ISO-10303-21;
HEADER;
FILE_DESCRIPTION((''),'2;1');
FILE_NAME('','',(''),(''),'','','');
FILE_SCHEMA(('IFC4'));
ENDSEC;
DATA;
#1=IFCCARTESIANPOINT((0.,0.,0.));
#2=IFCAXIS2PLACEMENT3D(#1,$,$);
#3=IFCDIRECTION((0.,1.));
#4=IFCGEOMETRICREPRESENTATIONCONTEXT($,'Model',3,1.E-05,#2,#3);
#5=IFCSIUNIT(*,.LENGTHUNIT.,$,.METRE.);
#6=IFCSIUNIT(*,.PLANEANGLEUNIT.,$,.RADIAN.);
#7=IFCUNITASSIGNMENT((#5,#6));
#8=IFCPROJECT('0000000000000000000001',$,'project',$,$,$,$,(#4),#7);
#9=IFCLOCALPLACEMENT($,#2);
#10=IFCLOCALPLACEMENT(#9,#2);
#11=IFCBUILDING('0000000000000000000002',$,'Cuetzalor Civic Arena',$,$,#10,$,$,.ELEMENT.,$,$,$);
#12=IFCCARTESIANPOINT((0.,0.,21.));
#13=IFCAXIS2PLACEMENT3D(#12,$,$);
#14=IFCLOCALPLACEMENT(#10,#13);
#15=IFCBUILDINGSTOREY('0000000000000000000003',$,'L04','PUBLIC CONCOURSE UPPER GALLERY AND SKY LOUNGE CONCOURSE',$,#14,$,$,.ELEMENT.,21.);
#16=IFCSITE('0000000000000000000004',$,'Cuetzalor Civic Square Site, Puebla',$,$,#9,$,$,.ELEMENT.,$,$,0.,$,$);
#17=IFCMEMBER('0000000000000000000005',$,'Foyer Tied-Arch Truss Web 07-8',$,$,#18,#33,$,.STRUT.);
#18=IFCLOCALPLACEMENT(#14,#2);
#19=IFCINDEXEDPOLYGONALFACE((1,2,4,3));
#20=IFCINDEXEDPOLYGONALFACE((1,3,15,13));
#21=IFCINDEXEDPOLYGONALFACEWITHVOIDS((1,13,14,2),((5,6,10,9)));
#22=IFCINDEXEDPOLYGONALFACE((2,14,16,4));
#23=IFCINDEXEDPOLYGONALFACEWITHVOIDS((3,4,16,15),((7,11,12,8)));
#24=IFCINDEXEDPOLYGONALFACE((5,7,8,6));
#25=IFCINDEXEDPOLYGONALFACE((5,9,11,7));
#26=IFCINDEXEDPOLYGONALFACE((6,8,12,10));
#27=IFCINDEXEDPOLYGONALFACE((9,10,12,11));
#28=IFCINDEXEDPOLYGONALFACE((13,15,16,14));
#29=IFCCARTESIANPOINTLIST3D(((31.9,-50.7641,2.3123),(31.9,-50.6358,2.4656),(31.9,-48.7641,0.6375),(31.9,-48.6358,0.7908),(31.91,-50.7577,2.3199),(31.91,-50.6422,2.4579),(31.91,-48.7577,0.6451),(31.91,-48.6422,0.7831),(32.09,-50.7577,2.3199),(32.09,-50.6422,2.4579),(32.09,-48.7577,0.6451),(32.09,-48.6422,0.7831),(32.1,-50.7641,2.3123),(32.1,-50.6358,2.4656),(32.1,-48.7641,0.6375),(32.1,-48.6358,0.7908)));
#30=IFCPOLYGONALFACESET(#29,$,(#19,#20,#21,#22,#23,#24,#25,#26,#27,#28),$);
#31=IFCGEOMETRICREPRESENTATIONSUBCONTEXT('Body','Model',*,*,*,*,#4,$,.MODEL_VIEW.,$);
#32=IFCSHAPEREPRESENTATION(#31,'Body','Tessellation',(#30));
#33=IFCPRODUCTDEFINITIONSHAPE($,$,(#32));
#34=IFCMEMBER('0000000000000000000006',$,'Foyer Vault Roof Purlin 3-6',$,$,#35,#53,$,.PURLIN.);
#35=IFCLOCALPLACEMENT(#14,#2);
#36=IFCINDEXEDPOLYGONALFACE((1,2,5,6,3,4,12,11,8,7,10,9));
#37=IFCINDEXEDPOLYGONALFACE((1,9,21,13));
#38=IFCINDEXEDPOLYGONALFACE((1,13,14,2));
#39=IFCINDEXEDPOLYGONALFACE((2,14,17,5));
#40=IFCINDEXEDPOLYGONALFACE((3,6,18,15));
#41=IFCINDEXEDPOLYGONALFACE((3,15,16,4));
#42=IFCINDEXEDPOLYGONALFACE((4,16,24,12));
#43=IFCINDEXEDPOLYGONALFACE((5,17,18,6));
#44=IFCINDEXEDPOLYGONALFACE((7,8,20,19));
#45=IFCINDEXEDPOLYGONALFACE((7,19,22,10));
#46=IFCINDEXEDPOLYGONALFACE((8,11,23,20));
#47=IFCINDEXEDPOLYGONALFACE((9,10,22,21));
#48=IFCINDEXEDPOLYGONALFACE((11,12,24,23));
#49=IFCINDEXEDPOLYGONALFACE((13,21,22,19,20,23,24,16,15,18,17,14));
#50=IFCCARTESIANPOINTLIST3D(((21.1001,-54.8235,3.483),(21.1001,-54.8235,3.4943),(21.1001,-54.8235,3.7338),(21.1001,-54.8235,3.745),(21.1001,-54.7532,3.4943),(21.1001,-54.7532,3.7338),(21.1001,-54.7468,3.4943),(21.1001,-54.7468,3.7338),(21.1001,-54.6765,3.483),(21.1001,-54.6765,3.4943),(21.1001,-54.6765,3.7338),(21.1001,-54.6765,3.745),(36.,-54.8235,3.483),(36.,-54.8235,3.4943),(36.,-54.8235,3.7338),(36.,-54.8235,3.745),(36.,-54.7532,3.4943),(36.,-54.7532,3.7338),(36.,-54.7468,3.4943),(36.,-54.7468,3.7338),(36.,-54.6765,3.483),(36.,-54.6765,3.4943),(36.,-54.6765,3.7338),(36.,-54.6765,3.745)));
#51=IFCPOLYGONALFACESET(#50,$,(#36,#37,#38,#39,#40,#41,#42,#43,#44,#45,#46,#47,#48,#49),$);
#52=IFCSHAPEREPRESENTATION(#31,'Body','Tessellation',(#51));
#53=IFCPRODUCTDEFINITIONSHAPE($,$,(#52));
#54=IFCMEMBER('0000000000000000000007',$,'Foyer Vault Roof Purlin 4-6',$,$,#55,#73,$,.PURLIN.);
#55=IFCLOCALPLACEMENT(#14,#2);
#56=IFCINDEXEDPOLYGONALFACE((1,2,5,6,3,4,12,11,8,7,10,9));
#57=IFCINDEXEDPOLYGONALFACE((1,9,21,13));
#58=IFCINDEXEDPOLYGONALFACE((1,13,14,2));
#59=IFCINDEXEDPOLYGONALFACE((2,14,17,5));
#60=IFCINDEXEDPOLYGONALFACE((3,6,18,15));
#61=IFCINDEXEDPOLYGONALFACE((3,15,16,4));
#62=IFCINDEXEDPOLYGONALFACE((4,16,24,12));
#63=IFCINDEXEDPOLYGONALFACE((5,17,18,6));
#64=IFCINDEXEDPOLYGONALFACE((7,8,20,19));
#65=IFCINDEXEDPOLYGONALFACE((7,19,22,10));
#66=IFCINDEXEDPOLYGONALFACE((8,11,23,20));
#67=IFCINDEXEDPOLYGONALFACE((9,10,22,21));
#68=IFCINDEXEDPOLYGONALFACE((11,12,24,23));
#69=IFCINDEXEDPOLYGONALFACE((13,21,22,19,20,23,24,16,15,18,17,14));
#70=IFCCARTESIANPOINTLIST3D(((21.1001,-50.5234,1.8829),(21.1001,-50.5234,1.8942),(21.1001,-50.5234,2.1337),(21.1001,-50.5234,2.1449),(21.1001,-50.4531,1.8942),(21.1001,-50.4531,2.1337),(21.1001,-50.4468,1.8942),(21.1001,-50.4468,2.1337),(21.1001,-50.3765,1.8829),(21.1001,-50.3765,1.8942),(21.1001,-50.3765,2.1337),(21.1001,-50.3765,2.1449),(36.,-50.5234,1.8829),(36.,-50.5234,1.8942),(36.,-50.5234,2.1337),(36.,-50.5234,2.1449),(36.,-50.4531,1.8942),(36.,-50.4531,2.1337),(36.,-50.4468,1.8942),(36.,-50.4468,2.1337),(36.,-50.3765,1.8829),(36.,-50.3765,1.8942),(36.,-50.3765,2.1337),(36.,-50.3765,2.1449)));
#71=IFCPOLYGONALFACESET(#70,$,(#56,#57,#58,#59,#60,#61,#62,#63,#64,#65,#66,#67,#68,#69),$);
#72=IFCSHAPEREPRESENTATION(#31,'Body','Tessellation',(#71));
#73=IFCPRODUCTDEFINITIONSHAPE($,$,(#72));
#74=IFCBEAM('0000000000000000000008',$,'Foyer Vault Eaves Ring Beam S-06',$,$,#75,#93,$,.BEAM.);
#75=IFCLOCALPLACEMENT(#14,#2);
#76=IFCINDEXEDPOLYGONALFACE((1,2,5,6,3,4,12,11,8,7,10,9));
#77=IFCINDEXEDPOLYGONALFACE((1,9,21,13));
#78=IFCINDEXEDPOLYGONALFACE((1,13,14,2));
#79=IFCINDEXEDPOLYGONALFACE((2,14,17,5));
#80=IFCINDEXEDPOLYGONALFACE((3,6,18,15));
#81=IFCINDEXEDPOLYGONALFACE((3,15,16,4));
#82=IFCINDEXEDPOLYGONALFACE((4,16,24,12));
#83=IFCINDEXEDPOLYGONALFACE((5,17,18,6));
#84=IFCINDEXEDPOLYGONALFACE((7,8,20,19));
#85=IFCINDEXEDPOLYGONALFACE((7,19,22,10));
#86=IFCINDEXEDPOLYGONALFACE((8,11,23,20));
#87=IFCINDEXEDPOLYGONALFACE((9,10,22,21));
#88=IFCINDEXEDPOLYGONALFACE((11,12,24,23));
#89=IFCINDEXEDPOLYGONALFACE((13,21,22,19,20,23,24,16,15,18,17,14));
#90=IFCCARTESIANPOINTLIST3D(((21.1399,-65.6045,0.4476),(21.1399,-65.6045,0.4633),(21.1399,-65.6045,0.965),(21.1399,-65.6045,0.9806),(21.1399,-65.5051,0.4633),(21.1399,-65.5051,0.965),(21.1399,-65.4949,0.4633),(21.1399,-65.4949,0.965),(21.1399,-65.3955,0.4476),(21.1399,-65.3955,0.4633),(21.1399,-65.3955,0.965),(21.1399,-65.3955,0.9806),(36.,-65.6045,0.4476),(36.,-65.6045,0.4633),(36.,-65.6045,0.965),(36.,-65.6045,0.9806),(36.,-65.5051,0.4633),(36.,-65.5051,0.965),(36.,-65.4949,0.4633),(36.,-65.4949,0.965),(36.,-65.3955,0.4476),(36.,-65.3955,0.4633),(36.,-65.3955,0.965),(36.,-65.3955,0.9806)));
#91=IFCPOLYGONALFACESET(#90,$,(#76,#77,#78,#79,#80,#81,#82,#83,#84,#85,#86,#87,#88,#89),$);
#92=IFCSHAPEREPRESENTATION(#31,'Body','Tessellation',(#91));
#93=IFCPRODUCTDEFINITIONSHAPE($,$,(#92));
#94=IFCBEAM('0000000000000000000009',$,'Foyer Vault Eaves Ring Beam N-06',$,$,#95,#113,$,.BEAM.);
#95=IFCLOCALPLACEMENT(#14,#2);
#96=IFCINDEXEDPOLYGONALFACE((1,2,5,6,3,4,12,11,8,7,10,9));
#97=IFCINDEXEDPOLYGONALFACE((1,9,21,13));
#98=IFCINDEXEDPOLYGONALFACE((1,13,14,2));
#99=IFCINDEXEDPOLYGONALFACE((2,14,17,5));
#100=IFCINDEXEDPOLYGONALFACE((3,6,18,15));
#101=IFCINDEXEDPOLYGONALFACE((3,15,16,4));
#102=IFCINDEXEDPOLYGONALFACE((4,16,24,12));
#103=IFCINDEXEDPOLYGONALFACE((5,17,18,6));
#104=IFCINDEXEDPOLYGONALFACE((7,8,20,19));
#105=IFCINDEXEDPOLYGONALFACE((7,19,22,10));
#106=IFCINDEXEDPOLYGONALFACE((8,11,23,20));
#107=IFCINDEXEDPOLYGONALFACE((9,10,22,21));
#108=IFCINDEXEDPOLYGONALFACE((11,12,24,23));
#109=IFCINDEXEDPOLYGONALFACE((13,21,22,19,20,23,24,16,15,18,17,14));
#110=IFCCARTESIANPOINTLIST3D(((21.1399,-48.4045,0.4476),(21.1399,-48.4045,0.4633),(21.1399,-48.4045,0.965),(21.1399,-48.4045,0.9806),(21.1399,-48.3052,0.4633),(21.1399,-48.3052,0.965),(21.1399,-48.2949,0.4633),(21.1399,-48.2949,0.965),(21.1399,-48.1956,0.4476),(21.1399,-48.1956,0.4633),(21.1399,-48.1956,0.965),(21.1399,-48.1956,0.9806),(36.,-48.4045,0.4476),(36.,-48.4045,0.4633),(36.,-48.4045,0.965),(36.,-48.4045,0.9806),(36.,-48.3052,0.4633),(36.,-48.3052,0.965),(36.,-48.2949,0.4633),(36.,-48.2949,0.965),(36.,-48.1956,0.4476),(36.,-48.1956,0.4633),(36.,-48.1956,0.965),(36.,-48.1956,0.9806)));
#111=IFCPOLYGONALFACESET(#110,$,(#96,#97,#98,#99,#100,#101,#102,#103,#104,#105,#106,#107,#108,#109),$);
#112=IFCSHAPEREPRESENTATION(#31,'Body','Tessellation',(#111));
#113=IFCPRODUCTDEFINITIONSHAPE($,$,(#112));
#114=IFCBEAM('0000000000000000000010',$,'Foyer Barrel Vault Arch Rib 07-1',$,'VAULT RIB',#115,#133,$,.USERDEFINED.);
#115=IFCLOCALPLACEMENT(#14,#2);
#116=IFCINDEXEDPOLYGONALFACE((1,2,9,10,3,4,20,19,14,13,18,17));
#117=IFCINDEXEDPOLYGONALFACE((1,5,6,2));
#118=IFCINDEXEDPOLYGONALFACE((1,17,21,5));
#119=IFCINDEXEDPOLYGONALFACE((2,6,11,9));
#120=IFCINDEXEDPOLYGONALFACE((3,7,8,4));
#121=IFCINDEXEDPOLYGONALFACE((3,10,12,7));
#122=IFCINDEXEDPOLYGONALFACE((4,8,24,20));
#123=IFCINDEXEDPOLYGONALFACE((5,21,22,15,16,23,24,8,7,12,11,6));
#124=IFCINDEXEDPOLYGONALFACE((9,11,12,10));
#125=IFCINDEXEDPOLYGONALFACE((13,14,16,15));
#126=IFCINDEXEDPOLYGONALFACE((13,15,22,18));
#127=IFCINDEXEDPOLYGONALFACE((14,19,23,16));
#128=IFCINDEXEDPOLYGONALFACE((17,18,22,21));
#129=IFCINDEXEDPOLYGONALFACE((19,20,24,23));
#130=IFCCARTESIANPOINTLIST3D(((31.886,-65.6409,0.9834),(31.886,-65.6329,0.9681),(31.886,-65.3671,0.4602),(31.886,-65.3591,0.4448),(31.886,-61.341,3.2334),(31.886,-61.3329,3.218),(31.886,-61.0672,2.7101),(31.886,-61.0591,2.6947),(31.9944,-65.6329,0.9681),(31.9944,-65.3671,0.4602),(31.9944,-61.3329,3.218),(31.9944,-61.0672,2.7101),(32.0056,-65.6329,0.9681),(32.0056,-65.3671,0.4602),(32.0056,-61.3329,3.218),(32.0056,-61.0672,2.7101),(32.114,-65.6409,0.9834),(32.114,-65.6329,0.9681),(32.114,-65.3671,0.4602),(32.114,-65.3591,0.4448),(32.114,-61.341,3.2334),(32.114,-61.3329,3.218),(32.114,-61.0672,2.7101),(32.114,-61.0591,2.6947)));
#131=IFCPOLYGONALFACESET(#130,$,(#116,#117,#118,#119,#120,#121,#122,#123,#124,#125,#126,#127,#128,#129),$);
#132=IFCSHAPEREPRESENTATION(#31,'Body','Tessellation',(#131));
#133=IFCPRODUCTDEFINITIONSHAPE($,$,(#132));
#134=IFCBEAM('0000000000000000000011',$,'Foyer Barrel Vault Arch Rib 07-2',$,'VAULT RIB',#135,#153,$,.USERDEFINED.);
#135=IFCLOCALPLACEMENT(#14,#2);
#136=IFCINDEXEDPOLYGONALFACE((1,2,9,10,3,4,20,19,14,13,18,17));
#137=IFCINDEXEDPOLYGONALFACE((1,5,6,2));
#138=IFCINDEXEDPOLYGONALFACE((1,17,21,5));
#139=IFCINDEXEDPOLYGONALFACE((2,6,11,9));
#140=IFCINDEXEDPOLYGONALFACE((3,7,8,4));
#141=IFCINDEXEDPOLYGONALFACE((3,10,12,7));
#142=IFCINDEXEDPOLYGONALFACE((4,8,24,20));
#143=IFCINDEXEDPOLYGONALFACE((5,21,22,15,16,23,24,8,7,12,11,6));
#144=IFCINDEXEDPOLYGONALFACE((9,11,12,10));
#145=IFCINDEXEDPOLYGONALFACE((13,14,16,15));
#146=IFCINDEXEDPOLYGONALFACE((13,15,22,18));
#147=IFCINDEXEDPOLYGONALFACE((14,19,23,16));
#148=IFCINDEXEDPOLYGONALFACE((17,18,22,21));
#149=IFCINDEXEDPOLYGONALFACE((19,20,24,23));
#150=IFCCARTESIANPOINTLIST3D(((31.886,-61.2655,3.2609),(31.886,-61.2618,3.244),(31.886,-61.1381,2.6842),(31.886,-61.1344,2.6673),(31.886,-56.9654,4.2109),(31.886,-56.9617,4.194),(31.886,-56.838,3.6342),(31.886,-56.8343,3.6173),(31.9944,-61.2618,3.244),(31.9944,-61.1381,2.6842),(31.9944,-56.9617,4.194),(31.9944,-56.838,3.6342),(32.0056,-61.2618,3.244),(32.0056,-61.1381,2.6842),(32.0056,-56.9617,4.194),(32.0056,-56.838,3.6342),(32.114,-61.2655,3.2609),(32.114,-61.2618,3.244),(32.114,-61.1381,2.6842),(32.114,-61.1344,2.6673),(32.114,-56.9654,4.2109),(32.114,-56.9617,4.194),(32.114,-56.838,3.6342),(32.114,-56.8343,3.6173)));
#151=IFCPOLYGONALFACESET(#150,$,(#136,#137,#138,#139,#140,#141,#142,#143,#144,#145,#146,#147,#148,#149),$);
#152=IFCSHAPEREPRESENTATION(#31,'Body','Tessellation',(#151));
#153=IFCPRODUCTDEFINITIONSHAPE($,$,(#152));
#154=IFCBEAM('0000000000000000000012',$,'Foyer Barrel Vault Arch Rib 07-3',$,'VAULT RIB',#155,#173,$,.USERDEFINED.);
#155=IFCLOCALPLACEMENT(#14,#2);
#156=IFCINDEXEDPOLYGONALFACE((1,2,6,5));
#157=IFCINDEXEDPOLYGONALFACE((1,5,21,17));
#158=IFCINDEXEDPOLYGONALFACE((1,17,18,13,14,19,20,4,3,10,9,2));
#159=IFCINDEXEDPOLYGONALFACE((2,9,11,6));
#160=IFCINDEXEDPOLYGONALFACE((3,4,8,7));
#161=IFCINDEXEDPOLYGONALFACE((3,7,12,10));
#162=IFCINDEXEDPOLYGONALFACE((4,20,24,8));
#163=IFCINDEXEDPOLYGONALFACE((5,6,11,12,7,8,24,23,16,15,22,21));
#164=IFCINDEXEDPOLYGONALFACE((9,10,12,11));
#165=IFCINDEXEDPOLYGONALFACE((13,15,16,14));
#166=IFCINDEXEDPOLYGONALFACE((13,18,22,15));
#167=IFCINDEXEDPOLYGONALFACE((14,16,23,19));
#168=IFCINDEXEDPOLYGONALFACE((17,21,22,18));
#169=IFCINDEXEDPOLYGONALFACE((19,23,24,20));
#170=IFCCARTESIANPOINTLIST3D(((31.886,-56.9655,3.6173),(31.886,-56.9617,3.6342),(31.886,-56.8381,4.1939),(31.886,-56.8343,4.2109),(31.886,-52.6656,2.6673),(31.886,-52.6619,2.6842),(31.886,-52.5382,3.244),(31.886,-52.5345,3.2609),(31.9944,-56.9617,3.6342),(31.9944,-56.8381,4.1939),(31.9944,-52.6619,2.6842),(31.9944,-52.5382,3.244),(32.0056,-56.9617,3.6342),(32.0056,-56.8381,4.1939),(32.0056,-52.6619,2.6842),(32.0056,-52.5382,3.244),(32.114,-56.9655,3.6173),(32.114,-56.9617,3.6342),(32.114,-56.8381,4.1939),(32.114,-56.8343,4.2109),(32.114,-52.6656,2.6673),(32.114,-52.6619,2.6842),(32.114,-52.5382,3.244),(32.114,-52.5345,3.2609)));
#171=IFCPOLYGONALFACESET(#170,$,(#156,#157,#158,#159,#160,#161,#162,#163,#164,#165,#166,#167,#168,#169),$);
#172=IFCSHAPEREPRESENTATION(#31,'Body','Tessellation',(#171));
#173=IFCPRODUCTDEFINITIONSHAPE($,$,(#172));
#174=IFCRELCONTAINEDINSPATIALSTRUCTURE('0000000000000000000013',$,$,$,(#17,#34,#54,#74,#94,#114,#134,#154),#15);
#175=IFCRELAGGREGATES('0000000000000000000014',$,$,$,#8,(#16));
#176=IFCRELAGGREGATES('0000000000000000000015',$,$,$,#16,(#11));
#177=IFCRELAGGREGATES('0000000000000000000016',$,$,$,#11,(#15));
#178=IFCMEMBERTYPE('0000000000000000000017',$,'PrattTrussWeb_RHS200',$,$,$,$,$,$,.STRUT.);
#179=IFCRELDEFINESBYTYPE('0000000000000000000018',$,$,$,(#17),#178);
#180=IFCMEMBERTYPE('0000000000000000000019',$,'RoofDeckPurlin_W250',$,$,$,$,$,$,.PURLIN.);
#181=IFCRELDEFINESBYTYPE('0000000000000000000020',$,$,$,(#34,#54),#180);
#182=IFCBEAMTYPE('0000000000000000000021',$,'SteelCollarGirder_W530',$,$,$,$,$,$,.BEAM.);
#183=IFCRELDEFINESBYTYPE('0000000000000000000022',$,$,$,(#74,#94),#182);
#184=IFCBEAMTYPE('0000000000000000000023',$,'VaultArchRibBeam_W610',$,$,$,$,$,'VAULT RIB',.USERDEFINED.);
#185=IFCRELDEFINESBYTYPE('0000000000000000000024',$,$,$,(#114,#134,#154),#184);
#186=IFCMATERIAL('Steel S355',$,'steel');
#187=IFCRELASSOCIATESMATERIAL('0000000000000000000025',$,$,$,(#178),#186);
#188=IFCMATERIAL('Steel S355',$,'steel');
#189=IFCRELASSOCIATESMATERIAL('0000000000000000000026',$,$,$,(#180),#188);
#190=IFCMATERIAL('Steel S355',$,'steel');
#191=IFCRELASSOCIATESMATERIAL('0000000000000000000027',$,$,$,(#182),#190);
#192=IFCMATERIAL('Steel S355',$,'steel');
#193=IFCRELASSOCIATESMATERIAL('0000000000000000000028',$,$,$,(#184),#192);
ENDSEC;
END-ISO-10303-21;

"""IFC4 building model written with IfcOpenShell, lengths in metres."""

from ifc_helpers import new_model, si_unit, direction, frame, origin, origin_2d, place, context, subcontext, project, spatial, hollow_rectangle, i_section, extrude, material, material_profile, profile_set, type_object, element, save


model = new_model("IFC4")

# Units and contexts
model_context = context("Model", 3, precision=1e-05, world=origin(), true_north=direction((0.0, 1.0)))
body_context = subcontext(model_context, "Body", "Model", "MODEL_VIEW")
ifc_project = project(units=[si_unit("LENGTHUNIT", "METRE"), si_unit("PLANEANGLEUNIT", "RADIAN")], contexts=[model_context])

# Site, building, storey
site_placement = place(None, origin())
site = spatial("IfcSite", under=ifc_project, at=site_placement, Name="Cuetzalor Civic Square Site, Puebla", CompositionType="ELEMENT", RefElevation=0.0)
building_placement = place(site_placement, origin())
building = spatial("IfcBuilding", under=site, at=building_placement, Name="Cuetzalor Civic Arena", CompositionType="ELEMENT")
storey_placement = place(building_placement, frame((0.0, 0.0, 21.0)))
storey = spatial("IfcBuildingStorey", under=building, at=storey_placement, Name="L04", Description="PUBLIC CONCOURSE UPPER GALLERY AND SKY LOUNGE CONCOURSE", CompositionType="ELEMENT", Elevation=21.0)

# Members
ifc_material_1 = material(Name="Steel S355", Category="steel")
ifc_material_profile_1 = material_profile(ifc_material_1, hollow_rectangle(XDim=0.2, YDim=0.2, WallThickness=0.01, at=origin_2d()), Name="RHS 200x200x10")
ifc_profile_set_1 = profile_set([ifc_material_profile_1], Name="Steel S355")
member_type_1 = type_object("IfcMemberType", Name="PrattTrussWeb_RHS200", PredefinedType="STRUT", material=ifc_profile_set_1)
member_1_placement = place(storey_placement, frame((32.0, -50.7, 2.3889), z_axis=(0.0, 0.766685, -0.642024), x_axis=(-1.0, 0.0, 0.0)))
element("IfcMember", 1, at=member_1_placement, inside=storey, type_object=member_type_1, Name="Foyer Tied-Arch Truss Web 07-8", PredefinedType="STRUT", context=body_context, shape_type="SweptSolid", body=[
    extrude(hollow_rectangle(XDim=0.2, YDim=0.2, WallThickness=0.01, at=origin_2d()), origin(), (0.0, 0.0, 1.0), 2.6086),
])
ifc_material_2 = material(Name="Steel S355", Category="steel")
ifc_material_profile_2 = material_profile(ifc_material_2, i_section(OverallWidth=0.147, OverallDepth=0.262, WebThickness=0.0063, FlangeThickness=0.0112, at=origin_2d()), Name="W250x39")
ifc_profile_set_2 = profile_set([ifc_material_profile_2], Name="Steel S355")
member_type_2 = type_object("IfcMemberType", Name="RoofDeckPurlin_W250", PredefinedType="PURLIN", material=ifc_profile_set_2)
for number, where, z_axis, x_axis, name in (
    (2, (21.1001, -54.75, 3.614), (1.0, 0.0, 0.0), (0.0, 1.0, 0.0), "Foyer Vault Roof Purlin 3-6"),
    (3, (21.1001, -50.45, 2.0139), (1.0, 0.0, 0.0), (0.0, 1.0, 0.0), "Foyer Vault Roof Purlin 4-6"),
):
    element("IfcMember", number, at=place(storey_placement, frame(where, z_axis=z_axis, x_axis=x_axis)), inside=storey, type_object=member_type_2, Name=name, PredefinedType="PURLIN", context=body_context, shape_type="SweptSolid", body=[
        extrude(i_section(OverallWidth=0.147, OverallDepth=0.262, WebThickness=0.0063, FlangeThickness=0.0112, at=origin_2d()), origin(), (0.0, 0.0, 1.0), 14.8999),
    ])

# Beams
ifc_material_3 = material(Name="Steel S355", Category="steel")
ifc_material_profile_3 = material_profile(ifc_material_3, i_section(OverallWidth=0.209, OverallDepth=0.533, WebThickness=0.0103, FlangeThickness=0.0156, at=origin_2d()), Name="W530x92")
ifc_profile_set_3 = profile_set([ifc_material_profile_3], Name="Steel S355")
beam_type_1 = type_object("IfcBeamType", Name="SteelCollarGirder_W530", PredefinedType="BEAM", material=ifc_profile_set_3)
for number, where, z_axis, x_axis, name in (
    (4, (21.1399, -65.5, 0.7141), (1.0, 0.0, 0.0), (0.0, 1.0, 0.0), "Foyer Vault Eaves Ring Beam S-06"),
    (5, (21.1399, -48.3, 0.7141), (1.0, 0.0, 0.0), (0.0, 1.0, 0.0), "Foyer Vault Eaves Ring Beam N-06"),
):
    element("IfcBeam", number, at=place(storey_placement, frame(where, z_axis=z_axis, x_axis=x_axis)), inside=storey, type_object=beam_type_1, Name=name, PredefinedType="BEAM", context=body_context, shape_type="SweptSolid", body=[
        extrude(i_section(OverallWidth=0.209, OverallDepth=0.533, WebThickness=0.0103, FlangeThickness=0.0156, at=origin_2d()), origin(), (0.0, 0.0, 1.0), 14.8601),
    ])
ifc_material_4 = material(Name="Steel S355", Category="steel")
ifc_material_profile_4 = material_profile(ifc_material_4, i_section(OverallWidth=0.228, OverallDepth=0.6079, WebThickness=0.0112, FlangeThickness=0.0173, at=origin_2d()), Name="W610x113")
ifc_profile_set_4 = profile_set([ifc_material_profile_4], Name="Steel S355")
beam_type_2 = type_object("IfcBeamType", Name="VaultArchRibBeam_W610", ElementType="VAULT RIB", PredefinedType="USERDEFINED", material=ifc_profile_set_4)
beam_1_placement = place(storey_placement, frame((32.0, -65.5, 0.7141), z_axis=(0.0, 0.886035, 0.463618), x_axis=(-1.0, 0.0, 0.0)))
element("IfcBeam", 6, at=beam_1_placement, inside=storey, type_object=beam_type_2, Name="Foyer Barrel Vault Arch Rib 07-1", ObjectType="VAULT RIB", PredefinedType="USERDEFINED", context=body_context, shape_type="SweptSolid", body=[
    extrude(i_section(OverallWidth=0.228, OverallDepth=0.6079, WebThickness=0.0112, FlangeThickness=0.0173, at=origin_2d()), origin(), (0.0, 0.0, 1.0), 4.853),
])
beam_2_placement = place(storey_placement, frame((32.0, -61.2, 2.9641), z_axis=(0.0, 0.976456, 0.215715), x_axis=(-1.0, 0.0, 0.0)))
element("IfcBeam", 7, at=beam_2_placement, inside=storey, type_object=beam_type_2, Name="Foyer Barrel Vault Arch Rib 07-2", ObjectType="VAULT RIB", PredefinedType="USERDEFINED", context=body_context, shape_type="SweptSolid", body=[
    extrude(i_section(OverallWidth=0.228, OverallDepth=0.6079, WebThickness=0.0112, FlangeThickness=0.0173, at=origin_2d()), origin(), (0.0, 0.0, 1.0), 4.4038),
])
beam_3_placement = place(storey_placement, frame((32.0, -56.8999, 3.9141), z_axis=(0.0, 0.976454, -0.215727), x_axis=(-1.0, 0.0, 0.0)))
element("IfcBeam", 8, at=beam_3_placement, inside=storey, type_object=beam_type_2, Name="Foyer Barrel Vault Arch Rib 07-3", ObjectType="VAULT RIB", PredefinedType="USERDEFINED", context=body_context, shape_type="SweptSolid", body=[
    extrude(i_section(OverallWidth=0.228, OverallDepth=0.6079, WebThickness=0.0112, FlangeThickness=0.0173, at=origin_2d()), origin(), (0.0, 0.0, 1.0), 4.4036),
])

save(model, "model.ifc")
